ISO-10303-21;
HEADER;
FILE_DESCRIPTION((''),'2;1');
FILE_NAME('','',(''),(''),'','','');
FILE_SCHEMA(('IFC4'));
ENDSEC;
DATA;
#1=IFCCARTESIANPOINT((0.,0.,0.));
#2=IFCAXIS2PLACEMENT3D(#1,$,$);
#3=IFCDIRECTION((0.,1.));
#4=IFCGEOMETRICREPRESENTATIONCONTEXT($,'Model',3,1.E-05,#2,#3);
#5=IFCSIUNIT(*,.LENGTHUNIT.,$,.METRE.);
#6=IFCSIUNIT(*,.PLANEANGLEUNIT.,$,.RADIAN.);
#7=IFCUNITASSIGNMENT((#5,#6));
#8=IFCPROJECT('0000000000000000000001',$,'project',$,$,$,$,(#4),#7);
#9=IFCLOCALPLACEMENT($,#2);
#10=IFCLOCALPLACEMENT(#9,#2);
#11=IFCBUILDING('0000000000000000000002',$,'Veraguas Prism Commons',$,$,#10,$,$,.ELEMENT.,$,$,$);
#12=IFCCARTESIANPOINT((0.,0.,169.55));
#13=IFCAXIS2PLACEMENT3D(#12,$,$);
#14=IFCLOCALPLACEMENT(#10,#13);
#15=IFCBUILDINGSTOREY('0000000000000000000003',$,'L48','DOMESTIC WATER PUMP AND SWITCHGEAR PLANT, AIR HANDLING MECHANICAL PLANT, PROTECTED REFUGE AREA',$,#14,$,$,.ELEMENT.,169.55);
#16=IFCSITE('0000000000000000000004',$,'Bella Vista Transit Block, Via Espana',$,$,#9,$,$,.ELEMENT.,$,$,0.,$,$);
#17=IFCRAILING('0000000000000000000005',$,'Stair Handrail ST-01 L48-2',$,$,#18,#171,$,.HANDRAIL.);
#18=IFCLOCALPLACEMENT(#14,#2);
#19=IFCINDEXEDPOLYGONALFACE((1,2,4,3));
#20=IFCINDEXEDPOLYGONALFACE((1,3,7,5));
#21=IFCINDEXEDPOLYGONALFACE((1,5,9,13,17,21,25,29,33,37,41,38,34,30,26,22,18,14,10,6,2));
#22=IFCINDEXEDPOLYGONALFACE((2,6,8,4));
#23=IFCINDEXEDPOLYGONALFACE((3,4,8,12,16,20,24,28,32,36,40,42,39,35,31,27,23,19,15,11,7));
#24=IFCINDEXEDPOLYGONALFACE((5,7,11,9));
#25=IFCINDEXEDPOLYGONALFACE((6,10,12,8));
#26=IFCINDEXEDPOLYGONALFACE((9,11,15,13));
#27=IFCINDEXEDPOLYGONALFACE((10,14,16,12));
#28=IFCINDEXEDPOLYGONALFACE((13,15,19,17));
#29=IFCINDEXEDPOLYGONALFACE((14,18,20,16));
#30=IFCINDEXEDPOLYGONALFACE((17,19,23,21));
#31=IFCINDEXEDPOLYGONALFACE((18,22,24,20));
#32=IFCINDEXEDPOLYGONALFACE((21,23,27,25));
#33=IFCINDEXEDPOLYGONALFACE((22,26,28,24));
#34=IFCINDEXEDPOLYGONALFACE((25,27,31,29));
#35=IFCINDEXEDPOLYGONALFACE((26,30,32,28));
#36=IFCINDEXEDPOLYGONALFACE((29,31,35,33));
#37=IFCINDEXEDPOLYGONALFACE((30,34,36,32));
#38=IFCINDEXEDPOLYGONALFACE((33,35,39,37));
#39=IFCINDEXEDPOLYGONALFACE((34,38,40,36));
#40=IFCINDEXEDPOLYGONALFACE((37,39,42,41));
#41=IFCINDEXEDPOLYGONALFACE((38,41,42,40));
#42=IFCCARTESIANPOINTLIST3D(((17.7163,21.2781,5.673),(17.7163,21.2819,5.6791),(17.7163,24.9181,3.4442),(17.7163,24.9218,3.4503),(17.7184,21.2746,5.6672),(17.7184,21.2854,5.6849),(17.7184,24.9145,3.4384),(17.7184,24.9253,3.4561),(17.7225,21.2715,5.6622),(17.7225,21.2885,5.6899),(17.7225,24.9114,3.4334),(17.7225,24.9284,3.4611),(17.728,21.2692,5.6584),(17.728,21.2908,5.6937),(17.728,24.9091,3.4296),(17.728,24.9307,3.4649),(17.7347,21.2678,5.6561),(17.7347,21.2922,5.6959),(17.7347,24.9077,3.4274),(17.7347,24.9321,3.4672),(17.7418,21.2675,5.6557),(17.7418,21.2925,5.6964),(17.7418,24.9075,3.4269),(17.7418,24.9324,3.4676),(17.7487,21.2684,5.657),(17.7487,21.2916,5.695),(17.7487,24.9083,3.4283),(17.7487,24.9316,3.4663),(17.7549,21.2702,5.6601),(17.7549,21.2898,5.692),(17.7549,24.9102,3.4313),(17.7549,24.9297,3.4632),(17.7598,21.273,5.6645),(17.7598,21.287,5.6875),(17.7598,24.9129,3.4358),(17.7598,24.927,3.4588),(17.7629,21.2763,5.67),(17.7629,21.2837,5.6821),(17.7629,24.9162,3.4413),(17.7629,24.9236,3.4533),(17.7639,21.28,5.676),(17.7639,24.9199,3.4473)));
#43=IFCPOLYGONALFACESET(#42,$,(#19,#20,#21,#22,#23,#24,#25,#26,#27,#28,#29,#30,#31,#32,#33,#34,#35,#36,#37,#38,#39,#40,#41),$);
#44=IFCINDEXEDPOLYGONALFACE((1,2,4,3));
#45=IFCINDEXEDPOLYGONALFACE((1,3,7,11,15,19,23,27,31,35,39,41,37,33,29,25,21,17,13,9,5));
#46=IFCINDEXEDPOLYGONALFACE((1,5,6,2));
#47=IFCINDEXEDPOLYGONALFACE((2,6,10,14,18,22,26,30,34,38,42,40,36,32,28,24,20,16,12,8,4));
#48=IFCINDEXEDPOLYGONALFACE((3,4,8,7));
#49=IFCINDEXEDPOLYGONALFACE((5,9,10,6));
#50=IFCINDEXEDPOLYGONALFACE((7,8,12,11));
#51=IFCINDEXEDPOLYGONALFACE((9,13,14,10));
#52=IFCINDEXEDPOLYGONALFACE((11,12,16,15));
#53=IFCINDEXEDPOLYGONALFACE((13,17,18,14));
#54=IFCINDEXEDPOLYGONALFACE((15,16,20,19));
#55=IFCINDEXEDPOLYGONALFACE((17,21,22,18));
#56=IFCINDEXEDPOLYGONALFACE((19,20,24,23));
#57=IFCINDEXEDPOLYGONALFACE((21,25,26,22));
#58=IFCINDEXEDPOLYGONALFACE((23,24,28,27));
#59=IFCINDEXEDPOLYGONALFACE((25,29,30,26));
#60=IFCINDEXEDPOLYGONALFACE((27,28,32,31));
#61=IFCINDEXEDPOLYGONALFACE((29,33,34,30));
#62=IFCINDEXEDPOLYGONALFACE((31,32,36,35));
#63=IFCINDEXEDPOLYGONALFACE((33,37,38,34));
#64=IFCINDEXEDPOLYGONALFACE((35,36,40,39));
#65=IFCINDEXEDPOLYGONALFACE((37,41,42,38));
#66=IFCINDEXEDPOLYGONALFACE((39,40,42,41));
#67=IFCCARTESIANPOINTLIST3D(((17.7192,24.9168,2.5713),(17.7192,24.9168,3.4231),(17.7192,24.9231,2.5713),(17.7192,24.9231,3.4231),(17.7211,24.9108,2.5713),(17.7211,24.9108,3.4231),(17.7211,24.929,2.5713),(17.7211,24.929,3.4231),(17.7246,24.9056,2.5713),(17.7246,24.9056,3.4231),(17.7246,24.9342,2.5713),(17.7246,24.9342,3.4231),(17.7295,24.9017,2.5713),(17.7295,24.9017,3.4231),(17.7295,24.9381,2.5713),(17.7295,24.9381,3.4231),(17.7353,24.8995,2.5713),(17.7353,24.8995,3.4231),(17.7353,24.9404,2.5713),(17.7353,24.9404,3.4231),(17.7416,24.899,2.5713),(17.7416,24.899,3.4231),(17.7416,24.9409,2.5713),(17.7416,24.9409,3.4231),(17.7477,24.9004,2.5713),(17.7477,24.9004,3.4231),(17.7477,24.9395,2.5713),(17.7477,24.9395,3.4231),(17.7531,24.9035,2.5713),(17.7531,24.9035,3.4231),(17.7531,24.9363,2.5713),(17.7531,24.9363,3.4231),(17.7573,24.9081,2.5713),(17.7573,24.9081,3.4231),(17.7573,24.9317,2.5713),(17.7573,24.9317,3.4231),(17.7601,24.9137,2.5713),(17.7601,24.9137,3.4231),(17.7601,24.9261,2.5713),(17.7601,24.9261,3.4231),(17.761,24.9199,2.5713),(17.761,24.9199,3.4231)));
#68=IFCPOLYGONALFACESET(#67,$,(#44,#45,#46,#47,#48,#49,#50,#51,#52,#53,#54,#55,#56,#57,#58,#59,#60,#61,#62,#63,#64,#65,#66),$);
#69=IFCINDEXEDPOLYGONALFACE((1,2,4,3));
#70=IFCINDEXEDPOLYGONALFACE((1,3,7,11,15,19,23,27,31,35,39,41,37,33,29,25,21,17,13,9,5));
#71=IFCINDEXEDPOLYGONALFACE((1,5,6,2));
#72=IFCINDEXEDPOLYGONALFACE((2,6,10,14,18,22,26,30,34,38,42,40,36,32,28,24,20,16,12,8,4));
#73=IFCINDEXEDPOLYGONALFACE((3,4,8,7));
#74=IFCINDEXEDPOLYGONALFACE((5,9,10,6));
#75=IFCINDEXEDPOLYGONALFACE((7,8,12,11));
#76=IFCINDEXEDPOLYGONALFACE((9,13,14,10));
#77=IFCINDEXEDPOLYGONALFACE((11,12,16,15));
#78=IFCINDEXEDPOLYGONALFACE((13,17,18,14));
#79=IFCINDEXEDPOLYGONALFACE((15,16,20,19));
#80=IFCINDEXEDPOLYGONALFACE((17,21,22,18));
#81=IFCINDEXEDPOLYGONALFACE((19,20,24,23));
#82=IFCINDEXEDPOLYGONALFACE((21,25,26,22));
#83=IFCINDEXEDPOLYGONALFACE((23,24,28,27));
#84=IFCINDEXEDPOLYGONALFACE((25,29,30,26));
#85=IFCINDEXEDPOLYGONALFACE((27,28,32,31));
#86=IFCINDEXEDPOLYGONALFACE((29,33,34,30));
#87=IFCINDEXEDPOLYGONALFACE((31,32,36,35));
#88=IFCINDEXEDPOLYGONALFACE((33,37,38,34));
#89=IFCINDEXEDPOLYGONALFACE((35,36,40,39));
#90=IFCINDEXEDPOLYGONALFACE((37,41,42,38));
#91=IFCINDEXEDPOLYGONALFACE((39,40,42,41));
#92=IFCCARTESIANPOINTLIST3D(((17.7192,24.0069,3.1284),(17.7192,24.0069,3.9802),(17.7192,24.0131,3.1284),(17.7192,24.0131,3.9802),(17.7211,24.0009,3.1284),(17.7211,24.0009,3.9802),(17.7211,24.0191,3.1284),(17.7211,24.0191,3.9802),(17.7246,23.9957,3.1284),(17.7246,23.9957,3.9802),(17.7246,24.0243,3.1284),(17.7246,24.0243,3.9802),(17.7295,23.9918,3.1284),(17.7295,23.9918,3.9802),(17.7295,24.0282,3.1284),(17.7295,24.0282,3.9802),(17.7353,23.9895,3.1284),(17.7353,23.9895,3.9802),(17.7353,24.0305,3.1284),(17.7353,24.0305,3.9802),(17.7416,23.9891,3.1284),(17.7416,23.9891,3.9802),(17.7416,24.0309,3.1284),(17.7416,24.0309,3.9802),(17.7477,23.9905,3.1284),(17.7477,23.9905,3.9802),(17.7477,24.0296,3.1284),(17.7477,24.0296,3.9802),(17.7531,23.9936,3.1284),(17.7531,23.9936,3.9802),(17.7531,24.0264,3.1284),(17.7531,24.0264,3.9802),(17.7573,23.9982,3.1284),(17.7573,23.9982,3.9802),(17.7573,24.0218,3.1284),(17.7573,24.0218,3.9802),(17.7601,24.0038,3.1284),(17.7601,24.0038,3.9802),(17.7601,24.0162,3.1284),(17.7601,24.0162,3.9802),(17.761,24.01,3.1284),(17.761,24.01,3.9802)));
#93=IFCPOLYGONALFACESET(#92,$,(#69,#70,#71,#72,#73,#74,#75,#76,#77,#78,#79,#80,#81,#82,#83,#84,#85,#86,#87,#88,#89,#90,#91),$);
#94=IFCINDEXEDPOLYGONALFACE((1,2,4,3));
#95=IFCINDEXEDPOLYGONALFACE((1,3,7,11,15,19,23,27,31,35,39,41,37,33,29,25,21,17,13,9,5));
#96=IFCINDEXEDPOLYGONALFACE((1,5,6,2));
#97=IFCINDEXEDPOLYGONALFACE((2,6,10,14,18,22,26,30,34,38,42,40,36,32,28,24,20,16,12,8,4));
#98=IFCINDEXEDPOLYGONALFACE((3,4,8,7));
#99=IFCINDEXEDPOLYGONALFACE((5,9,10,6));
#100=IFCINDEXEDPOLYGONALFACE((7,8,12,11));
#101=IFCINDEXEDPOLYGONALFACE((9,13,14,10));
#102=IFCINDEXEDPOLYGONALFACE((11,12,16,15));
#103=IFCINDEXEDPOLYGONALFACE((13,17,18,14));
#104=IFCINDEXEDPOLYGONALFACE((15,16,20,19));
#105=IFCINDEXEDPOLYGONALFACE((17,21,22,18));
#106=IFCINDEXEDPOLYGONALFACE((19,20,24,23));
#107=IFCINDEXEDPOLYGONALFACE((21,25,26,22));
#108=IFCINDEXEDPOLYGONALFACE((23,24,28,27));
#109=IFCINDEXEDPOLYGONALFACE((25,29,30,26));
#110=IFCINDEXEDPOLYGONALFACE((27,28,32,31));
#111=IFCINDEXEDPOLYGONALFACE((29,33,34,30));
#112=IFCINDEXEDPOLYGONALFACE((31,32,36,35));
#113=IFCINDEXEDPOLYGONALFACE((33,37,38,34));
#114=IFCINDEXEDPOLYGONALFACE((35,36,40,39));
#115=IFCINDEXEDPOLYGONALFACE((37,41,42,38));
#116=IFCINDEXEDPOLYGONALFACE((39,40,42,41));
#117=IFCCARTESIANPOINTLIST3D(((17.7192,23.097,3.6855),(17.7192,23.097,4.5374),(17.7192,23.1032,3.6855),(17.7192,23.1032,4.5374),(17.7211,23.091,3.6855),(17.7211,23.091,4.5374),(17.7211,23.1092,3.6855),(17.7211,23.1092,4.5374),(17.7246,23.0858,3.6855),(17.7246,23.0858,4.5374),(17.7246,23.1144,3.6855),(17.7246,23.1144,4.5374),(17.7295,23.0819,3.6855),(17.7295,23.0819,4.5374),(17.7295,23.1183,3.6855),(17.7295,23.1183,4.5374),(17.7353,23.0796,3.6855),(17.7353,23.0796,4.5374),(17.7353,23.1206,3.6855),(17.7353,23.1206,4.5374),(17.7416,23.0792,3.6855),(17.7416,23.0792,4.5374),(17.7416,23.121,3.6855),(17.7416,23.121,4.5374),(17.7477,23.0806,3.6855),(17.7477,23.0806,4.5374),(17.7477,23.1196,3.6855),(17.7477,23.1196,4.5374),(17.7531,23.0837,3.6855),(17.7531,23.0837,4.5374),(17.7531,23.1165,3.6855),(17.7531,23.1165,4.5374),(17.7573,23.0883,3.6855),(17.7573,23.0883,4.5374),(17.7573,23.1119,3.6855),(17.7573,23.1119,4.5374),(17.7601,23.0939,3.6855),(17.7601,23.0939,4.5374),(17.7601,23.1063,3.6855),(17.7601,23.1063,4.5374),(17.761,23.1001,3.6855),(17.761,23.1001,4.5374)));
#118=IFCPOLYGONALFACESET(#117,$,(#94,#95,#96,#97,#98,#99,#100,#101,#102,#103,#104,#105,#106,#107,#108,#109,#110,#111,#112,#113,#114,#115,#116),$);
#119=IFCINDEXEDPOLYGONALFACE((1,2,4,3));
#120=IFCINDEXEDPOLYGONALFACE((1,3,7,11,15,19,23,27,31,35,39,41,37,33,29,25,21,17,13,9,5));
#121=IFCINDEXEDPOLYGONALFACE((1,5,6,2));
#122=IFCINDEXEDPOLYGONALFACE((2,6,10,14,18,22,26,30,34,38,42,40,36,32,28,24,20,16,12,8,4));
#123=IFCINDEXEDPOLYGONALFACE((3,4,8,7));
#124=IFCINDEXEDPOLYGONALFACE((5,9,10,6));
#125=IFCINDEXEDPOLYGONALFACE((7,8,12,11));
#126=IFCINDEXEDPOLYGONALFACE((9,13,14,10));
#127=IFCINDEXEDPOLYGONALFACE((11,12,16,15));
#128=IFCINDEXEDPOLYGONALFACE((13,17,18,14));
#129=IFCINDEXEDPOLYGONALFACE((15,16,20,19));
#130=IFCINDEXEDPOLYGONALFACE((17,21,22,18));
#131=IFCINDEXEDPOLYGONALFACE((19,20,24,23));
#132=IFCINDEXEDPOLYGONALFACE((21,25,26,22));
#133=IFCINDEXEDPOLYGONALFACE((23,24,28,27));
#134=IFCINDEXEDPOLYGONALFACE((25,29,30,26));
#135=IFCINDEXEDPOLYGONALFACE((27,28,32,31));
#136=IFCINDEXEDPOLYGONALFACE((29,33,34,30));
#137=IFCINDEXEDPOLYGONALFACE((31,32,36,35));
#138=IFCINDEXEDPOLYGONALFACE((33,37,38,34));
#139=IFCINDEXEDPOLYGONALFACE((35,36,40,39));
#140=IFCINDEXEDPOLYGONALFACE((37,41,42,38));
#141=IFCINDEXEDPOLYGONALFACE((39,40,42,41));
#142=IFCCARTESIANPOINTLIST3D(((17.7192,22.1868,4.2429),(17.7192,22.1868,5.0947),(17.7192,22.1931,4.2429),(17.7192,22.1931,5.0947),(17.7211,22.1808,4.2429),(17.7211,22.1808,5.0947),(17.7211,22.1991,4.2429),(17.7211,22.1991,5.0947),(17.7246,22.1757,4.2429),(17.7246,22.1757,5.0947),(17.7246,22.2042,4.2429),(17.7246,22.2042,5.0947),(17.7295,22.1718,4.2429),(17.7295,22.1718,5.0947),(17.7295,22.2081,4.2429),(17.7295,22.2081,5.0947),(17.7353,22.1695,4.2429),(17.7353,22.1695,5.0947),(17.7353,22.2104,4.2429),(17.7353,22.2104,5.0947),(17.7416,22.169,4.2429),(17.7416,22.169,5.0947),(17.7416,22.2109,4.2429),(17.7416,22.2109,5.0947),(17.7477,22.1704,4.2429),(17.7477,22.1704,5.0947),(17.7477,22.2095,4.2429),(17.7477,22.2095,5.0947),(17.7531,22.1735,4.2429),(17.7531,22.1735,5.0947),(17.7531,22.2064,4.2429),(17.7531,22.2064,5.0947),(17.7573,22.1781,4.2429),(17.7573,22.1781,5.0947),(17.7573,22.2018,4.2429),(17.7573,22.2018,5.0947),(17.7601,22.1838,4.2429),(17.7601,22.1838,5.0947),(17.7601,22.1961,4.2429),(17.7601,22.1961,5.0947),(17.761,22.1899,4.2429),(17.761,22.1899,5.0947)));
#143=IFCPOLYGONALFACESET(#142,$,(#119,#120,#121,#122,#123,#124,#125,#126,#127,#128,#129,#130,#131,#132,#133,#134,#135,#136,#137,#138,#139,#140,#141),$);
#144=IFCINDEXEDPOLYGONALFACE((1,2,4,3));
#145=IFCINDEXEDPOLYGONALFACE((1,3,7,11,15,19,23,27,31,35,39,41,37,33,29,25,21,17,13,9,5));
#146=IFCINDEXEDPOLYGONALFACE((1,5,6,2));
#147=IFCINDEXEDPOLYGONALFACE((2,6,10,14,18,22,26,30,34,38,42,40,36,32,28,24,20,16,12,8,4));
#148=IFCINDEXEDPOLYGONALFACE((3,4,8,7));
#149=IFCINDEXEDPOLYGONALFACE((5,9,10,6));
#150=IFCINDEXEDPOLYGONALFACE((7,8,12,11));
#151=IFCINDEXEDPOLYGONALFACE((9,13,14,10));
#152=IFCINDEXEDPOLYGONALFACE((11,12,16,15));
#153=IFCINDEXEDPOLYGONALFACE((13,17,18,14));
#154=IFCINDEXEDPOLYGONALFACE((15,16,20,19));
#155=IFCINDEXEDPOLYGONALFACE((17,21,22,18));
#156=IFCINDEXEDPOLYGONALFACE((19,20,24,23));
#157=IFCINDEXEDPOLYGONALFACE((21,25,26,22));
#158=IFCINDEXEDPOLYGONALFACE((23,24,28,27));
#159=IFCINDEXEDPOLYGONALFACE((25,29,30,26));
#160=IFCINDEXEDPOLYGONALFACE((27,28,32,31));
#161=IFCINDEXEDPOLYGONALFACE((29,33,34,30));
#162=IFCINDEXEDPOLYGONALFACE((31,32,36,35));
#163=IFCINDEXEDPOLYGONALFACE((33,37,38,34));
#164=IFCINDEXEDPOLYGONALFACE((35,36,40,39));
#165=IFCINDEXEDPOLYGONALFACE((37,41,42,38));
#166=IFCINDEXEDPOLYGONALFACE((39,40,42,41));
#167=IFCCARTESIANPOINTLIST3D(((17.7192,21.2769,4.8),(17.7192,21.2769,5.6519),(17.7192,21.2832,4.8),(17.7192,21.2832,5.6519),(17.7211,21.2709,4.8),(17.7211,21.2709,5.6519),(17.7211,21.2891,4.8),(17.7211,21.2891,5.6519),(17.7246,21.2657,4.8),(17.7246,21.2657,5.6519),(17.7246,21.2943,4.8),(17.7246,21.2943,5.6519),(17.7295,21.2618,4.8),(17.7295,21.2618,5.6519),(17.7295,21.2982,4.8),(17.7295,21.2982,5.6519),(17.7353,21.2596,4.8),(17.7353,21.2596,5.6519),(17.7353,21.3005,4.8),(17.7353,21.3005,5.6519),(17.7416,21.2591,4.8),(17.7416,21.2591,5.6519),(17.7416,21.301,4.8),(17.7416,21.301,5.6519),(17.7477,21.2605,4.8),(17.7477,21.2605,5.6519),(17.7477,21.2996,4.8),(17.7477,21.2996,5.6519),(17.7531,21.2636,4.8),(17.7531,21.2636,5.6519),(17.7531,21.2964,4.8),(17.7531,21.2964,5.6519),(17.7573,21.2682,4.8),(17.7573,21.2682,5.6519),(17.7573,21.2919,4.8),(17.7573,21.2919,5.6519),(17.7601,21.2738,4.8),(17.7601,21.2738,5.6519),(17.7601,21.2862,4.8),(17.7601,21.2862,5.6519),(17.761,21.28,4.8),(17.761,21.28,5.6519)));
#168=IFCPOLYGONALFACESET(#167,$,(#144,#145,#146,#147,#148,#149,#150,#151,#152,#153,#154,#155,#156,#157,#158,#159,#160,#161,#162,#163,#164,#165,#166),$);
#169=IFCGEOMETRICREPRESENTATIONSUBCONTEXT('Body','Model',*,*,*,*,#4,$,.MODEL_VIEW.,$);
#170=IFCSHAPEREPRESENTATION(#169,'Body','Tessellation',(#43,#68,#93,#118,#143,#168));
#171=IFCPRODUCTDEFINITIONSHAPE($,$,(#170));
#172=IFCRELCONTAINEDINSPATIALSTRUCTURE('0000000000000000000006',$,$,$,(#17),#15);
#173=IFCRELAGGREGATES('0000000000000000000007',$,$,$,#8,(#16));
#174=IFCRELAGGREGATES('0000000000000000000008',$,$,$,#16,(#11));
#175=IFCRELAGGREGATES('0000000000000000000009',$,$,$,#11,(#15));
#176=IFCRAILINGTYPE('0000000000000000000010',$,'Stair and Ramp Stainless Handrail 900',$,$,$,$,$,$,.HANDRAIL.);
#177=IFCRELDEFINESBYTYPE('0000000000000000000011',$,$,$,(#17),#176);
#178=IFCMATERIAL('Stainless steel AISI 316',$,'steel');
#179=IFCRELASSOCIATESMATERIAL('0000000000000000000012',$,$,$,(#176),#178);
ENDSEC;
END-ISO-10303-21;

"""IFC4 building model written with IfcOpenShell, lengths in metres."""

from ifc_helpers import new_model, si_unit, direction, frame, origin, origin_2d, place, context, subcontext, project, spatial, circle, extrude, material, type_object, element, save


model = new_model("IFC4")

# Units and contexts
model_context = context("Model", 3, precision=1e-05, world=origin(), true_north=direction((0.0, 1.0)))
body_context = subcontext(model_context, "Body", "Model", "MODEL_VIEW")
ifc_project = project(units=[si_unit("LENGTHUNIT", "METRE"), si_unit("PLANEANGLEUNIT", "RADIAN")], contexts=[model_context])

# Site, building, storey
site_placement = place(None, origin())
site = spatial("IfcSite", under=ifc_project, at=site_placement, Name="Bella Vista Transit Block, Via Espana", CompositionType="ELEMENT", RefElevation=0.0)
building_placement = place(site_placement, origin())
building = spatial("IfcBuilding", under=site, at=building_placement, Name="Veraguas Prism Commons", CompositionType="ELEMENT")
storey_placement = place(building_placement, frame((0.0, 0.0, 169.55)))
storey = spatial("IfcBuildingStorey", under=building, at=storey_placement, Name="L48", Description="DOMESTIC WATER PUMP AND SWITCHGEAR PLANT, AIR HANDLING MECHANICAL PLANT, PROTECTED REFUGE AREA", CompositionType="ELEMENT", Elevation=169.55)

# Railing
ifc_material_1 = material(Name="Stainless steel AISI 316", Category="steel")
railing_type_1 = type_object("IfcRailingType", Name="Stair and Ramp Stainless Handrail 900", PredefinedType="HANDRAIL", material=ifc_material_1)
railing_1_placement = place(storey_placement, frame((17.74, 24.9199, 2.5713)))
element("IfcRailing", 1, at=railing_1_placement, inside=storey, type_object=railing_type_1, Name="Stair Handrail ST-01 L48-2", PredefinedType="HANDRAIL", context=body_context, shape_type="SweptSolid", body=[
    extrude(circle(Radius=0.0239, at=origin_2d()), frame((0.0, 0.0, 0.876), z_axis=(0.0, -0.852825, 0.522197), x_axis=(1.0, 0.0, 0.0)), (0.0, 0.0, 1.0), 4.2681),
    extrude(circle(Radius=0.021, at=origin_2d()), origin(), (0.0, 0.0, 1.0), 0.8518),
    extrude(circle(Radius=0.021, at=origin_2d()), frame((0.0, -0.9099, 0.5571)), (0.0, 0.0, 1.0), 0.8518),
    extrude(circle(Radius=0.021, at=origin_2d()), frame((0.0, -1.8198, 1.1143)), (0.0, 0.0, 1.0), 0.8518),
    extrude(circle(Radius=0.021, at=origin_2d()), frame((0.0, -2.73, 1.6716)), (0.0, 0.0, 1.0), 0.8518),
    extrude(circle(Radius=0.021, at=origin_2d()), frame((0.0, -3.6399, 2.2288)), (0.0, 0.0, 1.0), 0.8518),
])

save(model, "model.ifc")
